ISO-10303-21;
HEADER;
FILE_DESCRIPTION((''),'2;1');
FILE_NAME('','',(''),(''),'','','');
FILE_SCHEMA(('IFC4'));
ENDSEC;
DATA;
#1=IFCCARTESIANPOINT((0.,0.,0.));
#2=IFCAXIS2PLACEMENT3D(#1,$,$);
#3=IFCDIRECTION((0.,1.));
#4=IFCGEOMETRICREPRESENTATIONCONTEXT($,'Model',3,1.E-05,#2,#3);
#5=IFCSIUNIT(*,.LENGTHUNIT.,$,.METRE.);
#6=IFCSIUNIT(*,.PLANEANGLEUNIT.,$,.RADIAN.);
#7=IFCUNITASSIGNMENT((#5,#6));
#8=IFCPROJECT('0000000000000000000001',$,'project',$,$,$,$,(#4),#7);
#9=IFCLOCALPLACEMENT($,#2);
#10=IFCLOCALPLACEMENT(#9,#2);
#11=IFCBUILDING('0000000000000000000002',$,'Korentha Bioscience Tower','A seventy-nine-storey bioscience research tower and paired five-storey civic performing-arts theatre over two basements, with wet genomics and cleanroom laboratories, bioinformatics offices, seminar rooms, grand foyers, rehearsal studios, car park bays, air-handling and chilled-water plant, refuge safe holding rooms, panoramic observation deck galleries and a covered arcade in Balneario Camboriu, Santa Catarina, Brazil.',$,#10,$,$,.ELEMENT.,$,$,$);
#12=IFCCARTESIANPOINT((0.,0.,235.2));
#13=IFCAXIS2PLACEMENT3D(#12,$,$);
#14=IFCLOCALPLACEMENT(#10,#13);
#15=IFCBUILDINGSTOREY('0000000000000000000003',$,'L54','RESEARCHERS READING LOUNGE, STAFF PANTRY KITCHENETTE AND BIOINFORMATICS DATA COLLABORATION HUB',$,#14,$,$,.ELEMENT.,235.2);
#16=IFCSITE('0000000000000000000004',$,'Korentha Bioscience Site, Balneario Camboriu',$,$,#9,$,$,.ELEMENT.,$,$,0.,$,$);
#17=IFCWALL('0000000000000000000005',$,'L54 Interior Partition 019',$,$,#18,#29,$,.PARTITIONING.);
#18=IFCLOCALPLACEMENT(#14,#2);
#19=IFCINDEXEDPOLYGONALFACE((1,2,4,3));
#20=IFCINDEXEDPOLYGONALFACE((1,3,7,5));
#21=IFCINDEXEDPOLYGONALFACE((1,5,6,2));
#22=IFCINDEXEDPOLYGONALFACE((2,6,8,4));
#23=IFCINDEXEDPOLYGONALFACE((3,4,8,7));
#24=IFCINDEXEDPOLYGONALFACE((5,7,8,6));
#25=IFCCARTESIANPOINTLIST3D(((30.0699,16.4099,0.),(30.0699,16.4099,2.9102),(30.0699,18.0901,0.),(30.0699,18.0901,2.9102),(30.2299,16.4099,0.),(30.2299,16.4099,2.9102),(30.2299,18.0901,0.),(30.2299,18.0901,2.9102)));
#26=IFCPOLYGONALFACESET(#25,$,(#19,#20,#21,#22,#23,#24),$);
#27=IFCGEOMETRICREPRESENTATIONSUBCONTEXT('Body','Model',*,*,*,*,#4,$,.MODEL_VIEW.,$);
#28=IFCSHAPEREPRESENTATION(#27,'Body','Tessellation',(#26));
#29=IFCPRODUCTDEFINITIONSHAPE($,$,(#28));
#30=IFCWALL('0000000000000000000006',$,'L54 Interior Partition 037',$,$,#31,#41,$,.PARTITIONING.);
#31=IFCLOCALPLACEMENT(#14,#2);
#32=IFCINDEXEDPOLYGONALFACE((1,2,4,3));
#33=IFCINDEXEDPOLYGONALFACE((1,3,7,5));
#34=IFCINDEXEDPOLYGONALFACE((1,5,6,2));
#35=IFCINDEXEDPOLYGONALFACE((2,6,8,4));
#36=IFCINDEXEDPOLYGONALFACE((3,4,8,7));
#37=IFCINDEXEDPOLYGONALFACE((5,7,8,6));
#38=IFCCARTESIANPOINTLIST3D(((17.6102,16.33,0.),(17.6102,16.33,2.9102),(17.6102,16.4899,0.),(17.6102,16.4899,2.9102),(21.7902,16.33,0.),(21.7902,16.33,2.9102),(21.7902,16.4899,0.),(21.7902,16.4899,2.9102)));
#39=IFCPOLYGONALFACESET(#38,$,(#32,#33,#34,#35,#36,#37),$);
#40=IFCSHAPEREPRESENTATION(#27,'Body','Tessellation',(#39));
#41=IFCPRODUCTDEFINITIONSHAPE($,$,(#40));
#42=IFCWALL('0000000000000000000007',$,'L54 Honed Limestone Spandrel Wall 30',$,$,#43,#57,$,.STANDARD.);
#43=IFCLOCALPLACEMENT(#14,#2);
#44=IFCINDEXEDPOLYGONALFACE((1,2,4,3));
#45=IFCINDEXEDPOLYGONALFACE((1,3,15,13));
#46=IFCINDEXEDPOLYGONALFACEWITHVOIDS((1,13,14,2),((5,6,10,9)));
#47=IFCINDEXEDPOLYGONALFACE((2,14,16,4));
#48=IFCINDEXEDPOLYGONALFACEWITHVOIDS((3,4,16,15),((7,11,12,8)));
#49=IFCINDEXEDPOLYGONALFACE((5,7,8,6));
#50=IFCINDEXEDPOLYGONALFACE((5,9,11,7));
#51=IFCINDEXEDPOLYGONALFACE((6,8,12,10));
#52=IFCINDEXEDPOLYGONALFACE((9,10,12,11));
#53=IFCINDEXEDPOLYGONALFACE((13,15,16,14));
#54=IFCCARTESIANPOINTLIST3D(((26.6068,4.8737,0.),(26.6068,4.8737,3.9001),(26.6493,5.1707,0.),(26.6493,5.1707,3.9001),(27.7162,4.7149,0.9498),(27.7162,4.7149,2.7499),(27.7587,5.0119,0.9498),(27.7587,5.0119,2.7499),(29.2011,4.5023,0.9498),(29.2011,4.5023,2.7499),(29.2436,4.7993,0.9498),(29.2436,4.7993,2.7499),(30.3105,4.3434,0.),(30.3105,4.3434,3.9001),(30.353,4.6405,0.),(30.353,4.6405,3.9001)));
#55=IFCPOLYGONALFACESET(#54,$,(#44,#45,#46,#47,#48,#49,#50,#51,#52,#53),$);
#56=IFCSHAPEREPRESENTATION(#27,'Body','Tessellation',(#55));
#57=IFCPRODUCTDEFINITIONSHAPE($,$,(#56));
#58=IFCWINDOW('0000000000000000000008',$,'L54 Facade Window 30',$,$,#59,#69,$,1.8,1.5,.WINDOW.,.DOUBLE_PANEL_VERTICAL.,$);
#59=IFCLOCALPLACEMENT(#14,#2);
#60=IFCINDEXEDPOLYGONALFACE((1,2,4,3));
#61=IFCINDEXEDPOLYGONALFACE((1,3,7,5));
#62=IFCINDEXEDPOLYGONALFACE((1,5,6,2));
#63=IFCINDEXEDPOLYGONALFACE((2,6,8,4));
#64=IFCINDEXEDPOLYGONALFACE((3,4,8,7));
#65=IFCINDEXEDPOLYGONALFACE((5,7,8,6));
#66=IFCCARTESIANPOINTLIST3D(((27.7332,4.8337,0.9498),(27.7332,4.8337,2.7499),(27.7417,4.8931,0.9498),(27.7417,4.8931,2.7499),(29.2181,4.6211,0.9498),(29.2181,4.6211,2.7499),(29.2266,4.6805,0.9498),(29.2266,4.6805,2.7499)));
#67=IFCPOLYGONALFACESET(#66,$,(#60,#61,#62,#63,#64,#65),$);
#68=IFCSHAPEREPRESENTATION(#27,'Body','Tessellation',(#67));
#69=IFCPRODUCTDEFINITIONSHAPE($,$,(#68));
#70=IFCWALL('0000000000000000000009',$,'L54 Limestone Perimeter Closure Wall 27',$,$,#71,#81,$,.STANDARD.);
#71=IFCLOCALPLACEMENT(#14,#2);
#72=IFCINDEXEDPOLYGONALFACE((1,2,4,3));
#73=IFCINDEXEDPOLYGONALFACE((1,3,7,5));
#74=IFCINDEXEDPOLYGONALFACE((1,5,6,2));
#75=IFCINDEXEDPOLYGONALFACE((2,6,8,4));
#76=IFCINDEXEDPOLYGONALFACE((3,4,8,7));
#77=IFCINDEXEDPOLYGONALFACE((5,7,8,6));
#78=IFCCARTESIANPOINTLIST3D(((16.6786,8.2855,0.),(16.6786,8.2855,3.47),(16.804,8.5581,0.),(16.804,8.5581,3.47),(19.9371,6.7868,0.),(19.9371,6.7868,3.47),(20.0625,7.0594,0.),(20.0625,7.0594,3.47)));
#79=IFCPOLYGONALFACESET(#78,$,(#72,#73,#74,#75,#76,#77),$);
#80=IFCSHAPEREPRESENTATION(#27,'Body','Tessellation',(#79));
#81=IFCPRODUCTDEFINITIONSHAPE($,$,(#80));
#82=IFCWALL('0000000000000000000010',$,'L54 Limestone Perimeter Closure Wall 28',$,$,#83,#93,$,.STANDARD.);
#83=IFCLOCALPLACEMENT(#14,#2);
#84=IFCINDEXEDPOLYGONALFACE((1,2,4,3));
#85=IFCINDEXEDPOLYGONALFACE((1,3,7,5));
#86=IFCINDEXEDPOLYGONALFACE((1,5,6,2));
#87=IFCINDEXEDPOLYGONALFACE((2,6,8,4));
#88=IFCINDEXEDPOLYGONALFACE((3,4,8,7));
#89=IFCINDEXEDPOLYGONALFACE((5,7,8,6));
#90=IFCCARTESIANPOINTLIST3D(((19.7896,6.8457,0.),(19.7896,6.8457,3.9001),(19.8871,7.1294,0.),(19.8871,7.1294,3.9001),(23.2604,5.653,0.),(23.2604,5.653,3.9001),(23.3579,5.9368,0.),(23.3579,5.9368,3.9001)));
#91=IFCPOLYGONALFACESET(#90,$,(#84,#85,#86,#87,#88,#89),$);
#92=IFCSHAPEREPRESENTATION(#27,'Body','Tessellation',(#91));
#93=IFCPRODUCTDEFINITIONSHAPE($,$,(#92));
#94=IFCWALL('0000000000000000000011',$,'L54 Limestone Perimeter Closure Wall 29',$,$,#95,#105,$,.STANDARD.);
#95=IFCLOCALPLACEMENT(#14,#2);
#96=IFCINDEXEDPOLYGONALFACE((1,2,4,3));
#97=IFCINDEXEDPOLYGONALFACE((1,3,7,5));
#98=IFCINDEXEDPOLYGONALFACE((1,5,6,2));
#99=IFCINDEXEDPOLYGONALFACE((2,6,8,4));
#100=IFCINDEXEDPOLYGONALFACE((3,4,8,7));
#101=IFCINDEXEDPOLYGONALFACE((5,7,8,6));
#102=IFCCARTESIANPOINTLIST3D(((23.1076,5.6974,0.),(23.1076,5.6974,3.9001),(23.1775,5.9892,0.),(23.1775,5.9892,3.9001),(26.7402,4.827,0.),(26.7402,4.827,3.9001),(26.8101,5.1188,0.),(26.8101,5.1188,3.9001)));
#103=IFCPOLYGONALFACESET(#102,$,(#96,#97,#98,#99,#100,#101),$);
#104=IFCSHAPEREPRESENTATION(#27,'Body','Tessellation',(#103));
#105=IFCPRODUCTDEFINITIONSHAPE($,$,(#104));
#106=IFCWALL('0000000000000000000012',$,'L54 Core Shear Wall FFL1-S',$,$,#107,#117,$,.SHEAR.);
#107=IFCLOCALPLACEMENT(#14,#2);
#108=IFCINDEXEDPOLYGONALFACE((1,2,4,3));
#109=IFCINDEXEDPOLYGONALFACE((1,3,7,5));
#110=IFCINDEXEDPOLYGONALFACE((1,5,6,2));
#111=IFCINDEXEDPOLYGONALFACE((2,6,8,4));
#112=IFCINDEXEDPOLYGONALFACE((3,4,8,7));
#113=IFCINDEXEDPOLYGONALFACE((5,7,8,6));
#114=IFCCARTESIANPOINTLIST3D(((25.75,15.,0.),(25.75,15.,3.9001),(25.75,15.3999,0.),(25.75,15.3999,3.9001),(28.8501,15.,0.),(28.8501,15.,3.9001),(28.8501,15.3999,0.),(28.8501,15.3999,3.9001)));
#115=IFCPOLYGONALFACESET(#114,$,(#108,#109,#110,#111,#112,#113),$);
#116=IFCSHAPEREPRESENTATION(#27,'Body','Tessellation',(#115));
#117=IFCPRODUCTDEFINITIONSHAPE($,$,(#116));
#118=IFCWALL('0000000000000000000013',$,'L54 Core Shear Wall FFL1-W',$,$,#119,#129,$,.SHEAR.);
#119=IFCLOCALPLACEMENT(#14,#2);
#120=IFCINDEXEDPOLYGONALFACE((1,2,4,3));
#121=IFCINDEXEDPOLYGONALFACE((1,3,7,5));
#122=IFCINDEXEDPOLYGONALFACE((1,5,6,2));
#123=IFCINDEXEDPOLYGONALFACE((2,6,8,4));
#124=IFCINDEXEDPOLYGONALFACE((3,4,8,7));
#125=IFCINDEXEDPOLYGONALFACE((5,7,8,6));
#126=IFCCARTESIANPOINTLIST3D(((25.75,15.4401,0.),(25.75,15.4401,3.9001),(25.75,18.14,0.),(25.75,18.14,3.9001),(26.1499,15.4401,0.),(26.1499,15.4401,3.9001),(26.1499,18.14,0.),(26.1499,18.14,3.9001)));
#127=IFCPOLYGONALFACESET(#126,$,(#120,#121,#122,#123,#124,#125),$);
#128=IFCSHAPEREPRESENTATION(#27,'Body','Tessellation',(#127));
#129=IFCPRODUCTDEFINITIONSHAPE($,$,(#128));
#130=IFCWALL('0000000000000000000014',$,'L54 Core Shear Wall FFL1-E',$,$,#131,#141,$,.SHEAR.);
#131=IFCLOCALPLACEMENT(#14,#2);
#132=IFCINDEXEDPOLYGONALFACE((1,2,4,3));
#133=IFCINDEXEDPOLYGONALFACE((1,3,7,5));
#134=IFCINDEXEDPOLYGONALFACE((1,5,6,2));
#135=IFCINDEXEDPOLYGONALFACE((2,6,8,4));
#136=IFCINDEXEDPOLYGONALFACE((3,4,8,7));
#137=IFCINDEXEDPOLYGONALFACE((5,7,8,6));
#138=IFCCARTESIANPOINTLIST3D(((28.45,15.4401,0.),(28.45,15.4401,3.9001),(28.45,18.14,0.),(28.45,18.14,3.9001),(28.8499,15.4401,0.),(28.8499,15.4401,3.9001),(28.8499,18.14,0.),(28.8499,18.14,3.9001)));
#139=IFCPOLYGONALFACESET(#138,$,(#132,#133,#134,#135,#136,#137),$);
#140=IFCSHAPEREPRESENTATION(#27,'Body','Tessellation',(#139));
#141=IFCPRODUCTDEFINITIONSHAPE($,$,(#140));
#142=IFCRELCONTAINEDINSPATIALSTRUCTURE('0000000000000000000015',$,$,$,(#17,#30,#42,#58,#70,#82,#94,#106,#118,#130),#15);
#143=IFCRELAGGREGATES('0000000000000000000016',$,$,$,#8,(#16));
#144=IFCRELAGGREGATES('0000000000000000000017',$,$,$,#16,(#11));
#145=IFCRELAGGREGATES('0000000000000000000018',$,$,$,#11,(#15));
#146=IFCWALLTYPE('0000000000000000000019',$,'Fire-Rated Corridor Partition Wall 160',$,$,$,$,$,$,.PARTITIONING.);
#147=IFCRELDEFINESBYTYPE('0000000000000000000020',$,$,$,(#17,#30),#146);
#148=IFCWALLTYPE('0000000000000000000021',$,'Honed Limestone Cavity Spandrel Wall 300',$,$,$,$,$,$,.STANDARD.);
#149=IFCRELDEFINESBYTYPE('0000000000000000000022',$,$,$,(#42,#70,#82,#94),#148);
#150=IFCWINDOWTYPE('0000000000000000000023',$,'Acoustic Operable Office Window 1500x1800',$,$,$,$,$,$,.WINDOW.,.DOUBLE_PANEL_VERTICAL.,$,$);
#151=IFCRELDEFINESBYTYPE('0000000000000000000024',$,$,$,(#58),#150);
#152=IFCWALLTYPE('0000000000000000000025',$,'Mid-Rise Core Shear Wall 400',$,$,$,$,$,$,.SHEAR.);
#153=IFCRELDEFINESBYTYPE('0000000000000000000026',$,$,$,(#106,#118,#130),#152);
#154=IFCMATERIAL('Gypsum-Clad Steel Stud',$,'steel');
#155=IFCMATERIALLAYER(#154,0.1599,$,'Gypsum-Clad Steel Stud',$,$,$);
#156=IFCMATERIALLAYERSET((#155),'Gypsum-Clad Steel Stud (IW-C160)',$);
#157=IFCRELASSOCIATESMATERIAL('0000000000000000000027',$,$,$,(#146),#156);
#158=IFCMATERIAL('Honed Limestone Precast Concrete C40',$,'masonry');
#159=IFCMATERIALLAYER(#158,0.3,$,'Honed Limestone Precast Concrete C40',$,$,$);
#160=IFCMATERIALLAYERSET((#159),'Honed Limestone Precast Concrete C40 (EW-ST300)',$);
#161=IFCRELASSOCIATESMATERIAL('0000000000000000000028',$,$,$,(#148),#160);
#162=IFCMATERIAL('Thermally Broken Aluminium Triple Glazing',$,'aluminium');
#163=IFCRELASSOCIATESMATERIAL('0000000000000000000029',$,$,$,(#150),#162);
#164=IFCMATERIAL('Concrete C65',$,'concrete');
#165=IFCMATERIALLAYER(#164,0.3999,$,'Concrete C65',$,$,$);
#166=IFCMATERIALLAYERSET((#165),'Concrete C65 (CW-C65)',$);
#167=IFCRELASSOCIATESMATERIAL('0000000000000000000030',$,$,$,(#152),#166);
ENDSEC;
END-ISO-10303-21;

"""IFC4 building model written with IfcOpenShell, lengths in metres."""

from ifc_helpers import new_model, si_unit, direction, frame, frame_2d, origin, place, context, subcontext, project, spatial, rectangle, extrude, material, layer, layer_set, type_object, element, fill, save


model = new_model("IFC4")

# Units and contexts
model_context = context("Model", 3, precision=1e-05, world=origin(), true_north=direction((0.0, 1.0)))
body_context = subcontext(model_context, "Body", "Model", "MODEL_VIEW")
ifc_project = project(units=[si_unit("LENGTHUNIT", "METRE"), si_unit("PLANEANGLEUNIT", "RADIAN")], contexts=[model_context])

# Site, building, storey
site_placement = place(None, origin())
site = spatial("IfcSite", under=ifc_project, at=site_placement, Name="Korentha Bioscience Site, Balneario Camboriu", CompositionType="ELEMENT", RefElevation=0.0)
building_placement = place(site_placement, origin())
building = spatial("IfcBuilding", under=site, at=building_placement, Name="Korentha Bioscience Tower", Description="A seventy-nine-storey bioscience research tower and paired five-storey civic performing-arts theatre over two basements, with wet genomics and cleanroom laboratories, bioinformatics offices, seminar rooms, grand foyers, rehearsal studios, car park bays, air-handling and chilled-water plant, refuge safe holding rooms, panoramic observation deck galleries and a covered arcade in Balneario Camboriu, Santa Catarina, Brazil.", CompositionType="ELEMENT")
storey_placement = place(building_placement, frame((0.0, 0.0, 235.2)))
storey = spatial("IfcBuildingStorey", under=building, at=storey_placement, Name="L54", Description="RESEARCHERS READING LOUNGE, STAFF PANTRY KITCHENETTE AND BIOINFORMATICS DATA COLLABORATION HUB", CompositionType="ELEMENT", Elevation=235.2)

# Shared definitions
ifc_material_1 = material(Name="Concrete C65", Category="concrete")

# Shared definitions
ifc_material_2 = material(Name="Gypsum-Clad Steel Stud", Category="steel")
ifc_layer_1 = layer(ifc_material_2, 0.1599, Name="Gypsum-Clad Steel Stud")
ifc_layer_set_1 = layer_set([ifc_layer_1], Name="Gypsum-Clad Steel Stud (IW-C160)")
wall_type_1 = type_object("IfcWallType", Name="Fire-Rated Corridor Partition Wall 160", PredefinedType="PARTITIONING", material=ifc_layer_set_1)

# Walls
wall_1_placement = place(storey_placement, frame((30.1499, 16.4099, 0.0), z_axis=(0.0, 0.0, 1.0), x_axis=(0.0, 1.0, 0.0)))
element("IfcWall", 1, at=wall_1_placement, inside=storey, type_object=wall_type_1, Name="L54 Interior Partition 019", PredefinedType="PARTITIONING", context=body_context, shape_type="SweptSolid", body=[
    extrude(rectangle(XDim=1.6802, YDim=0.1599, at=frame_2d((0.8401, 0.0))), origin(), (0.0, 0.0, 1.0), 2.9102),
])
wall_2_placement = place(storey_placement, frame((21.79, 16.4099, 0.0), z_axis=(0.0, 0.0, 1.0), x_axis=(-1.0, 0.0, 0.0)))
element("IfcWall", 2, at=wall_2_placement, inside=storey, type_object=wall_type_1, Name="L54 Interior Partition 037", PredefinedType="PARTITIONING", context=body_context, shape_type="SweptSolid", body=[
    extrude(rectangle(XDim=4.1799, YDim=0.1599, at=frame_2d((2.0898, 0.0))), origin(), (0.0, 0.0, 1.0), 2.9102),
])

# Wall, opening, window
ifc_material_3 = material(Name="Honed Limestone Precast Concrete C40", Category="masonry")
ifc_layer_2 = layer(ifc_material_3, 0.3, Name="Honed Limestone Precast Concrete C40")
ifc_layer_set_2 = layer_set([ifc_layer_2], Name="Honed Limestone Precast Concrete C40 (EW-ST300)")
wall_type_2 = type_object("IfcWallType", Name="Honed Limestone Cavity Spandrel Wall 300", PredefinedType="STANDARD", material=ifc_layer_set_2)
wall_3_placement = place(storey_placement, frame((26.6282, 5.0222, 0.0), z_axis=(0.0, 0.0, 1.0), x_axis=(0.989905, -0.141732, 0.0)))
wall_3 = element("IfcWall", 3, at=wall_3_placement, inside=storey, type_object=wall_type_2, Name="L54 Honed Limestone Spandrel Wall 30", PredefinedType="STANDARD", context=body_context, shape_type="SweptSolid", body=[
    extrude(rectangle(XDim=3.7415, YDim=0.3, at=frame_2d((1.8706, 0.0))), origin(), (0.0, 0.0, 1.0), 3.9001),
])
opening_1_placement = place(wall_3_placement, frame((1.1206, 0.0, 0.95)))
opening_1 = element("IfcOpeningElement", 4, at=opening_1_placement, cuts=wall_3, PredefinedType="OPENING", context=body_context, shape_type="SweptSolid", body=[
    extrude(rectangle(XDim=1.5, YDim=1.8, at=frame_2d((0.75, 0.8999))), frame((0.0, 0.165, 0.0), z_axis=(0.0, -1.0, 0.0), x_axis=(1.0, 0.0, 0.0)), (0.0, 0.0, 1.0), 0.3298),
])
ifc_material_4 = material(Name="Thermally Broken Aluminium Triple Glazing", Category="aluminium")
window_type = type_object("IfcWindowType", Name="Acoustic Operable Office Window 1500x1800", PartitioningType="DOUBLE_PANEL_VERTICAL", PredefinedType="WINDOW", material=ifc_material_4)
window_placement = place(opening_1_placement, origin())
window = element("IfcWindow", 5, at=window_placement, inside=storey, type_object=window_type, Name="L54 Facade Window 30", OverallHeight=1.8, OverallWidth=1.5, PartitioningType="DOUBLE_PANEL_VERTICAL", PredefinedType="WINDOW", context=body_context, shape_type="SweptSolid", body=[
    extrude(rectangle(XDim=1.5, YDim=1.8, at=frame_2d((0.75, 0.8999))), frame((0.0, 0.03, 0.0), z_axis=(0.0, -1.0, 0.0), x_axis=(1.0, 0.0, 0.0)), (0.0, 0.0, 1.0), 0.0601),
])
fill(opening_1, window)

# Walls
wall_4_placement = place(storey_placement, frame((16.7412, 8.4219, 0.0), z_axis=(0.0, 0.0, 1.0), x_axis=(0.908506, -0.417871, 0.0)))
element("IfcWall", 6, at=wall_4_placement, inside=storey, type_object=wall_type_2, Name="L54 Limestone Perimeter Closure Wall 27", PredefinedType="STANDARD", context=body_context, shape_type="SweptSolid", body=[
    extrude(rectangle(XDim=3.5867, YDim=0.3, at=frame_2d((1.7935, 0.0))), origin(), (0.0, 0.0, 1.0), 3.47),
])
wall_5_placement = place(storey_placement, frame((19.8384, 6.9875, 0.0), z_axis=(0.0, 0.0, 1.0), x_axis=(0.945722, -0.324976, 0.0)))
element("IfcWall", 7, at=wall_5_placement, inside=storey, type_object=wall_type_2, Name="L54 Limestone Perimeter Closure Wall 28", PredefinedType="STANDARD", context=body_context, shape_type="SweptSolid", body=[
    extrude(rectangle(XDim=3.6699, YDim=0.3, at=frame_2d((1.835, 0.0))), origin(), (0.0, 0.0, 1.0), 3.9001),
])
wall_6_placement = place(storey_placement, frame((23.1426, 5.8433, 0.0), z_axis=(0.0, 0.0, 1.0), x_axis=(0.972476, -0.233005, 0.0)))
element("IfcWall", 8, at=wall_6_placement, inside=storey, type_object=wall_type_2, Name="L54 Limestone Perimeter Closure Wall 29", PredefinedType="STANDARD", context=body_context, shape_type="SweptSolid", body=[
    extrude(rectangle(XDim=3.7354, YDim=0.3, at=frame_2d((1.8677, 0.0))), origin(), (0.0, 0.0, 1.0), 3.9001),
])
ifc_layer_3 = layer(ifc_material_1, 0.3999, Name="Concrete C65")
ifc_layer_set_3 = layer_set([ifc_layer_3], Name="Concrete C65 (CW-C65)")
wall_type_3 = type_object("IfcWallType", Name="Mid-Rise Core Shear Wall 400", PredefinedType="SHEAR", material=ifc_layer_set_3)
wall_7_placement = place(storey_placement, frame((25.75, 15.2, 0.0), z_axis=(0.0, 0.0, 1.0), x_axis=(1.0, 0.0, 0.0)))
element("IfcWall", 9, at=wall_7_placement, inside=storey, type_object=wall_type_3, Name="L54 Core Shear Wall FFL1-S", PredefinedType="SHEAR", context=body_context, shape_type="SweptSolid", body=[
    extrude(rectangle(XDim=3.1001, YDim=0.3999, at=frame_2d((1.55, 0.0))), origin(), (0.0, 0.0, 1.0), 3.9001),
])
for number, where, z_axis, x_axis, name in (
    (10, (25.95, 15.4399, 0.0), (0.0, 0.0, 1.0), (0.0, 1.0, 0.0), "L54 Core Shear Wall FFL1-W"),
    (11, (28.6499, 15.4399, 0.0), (0.0, 0.0, 1.0), (0.0, 1.0, 0.0), "L54 Core Shear Wall FFL1-E"),
):
    element("IfcWall", number, at=place(storey_placement, frame(where, z_axis=z_axis, x_axis=x_axis)), inside=storey, type_object=wall_type_3, Name=name, PredefinedType="SHEAR", context=body_context, shape_type="SweptSolid", body=[
        extrude(rectangle(XDim=2.7, YDim=0.3999, at=frame_2d((1.3501, 0.0))), origin(), (0.0, 0.0, 1.0), 3.9001),
    ])

save(model, "model.ifc")
